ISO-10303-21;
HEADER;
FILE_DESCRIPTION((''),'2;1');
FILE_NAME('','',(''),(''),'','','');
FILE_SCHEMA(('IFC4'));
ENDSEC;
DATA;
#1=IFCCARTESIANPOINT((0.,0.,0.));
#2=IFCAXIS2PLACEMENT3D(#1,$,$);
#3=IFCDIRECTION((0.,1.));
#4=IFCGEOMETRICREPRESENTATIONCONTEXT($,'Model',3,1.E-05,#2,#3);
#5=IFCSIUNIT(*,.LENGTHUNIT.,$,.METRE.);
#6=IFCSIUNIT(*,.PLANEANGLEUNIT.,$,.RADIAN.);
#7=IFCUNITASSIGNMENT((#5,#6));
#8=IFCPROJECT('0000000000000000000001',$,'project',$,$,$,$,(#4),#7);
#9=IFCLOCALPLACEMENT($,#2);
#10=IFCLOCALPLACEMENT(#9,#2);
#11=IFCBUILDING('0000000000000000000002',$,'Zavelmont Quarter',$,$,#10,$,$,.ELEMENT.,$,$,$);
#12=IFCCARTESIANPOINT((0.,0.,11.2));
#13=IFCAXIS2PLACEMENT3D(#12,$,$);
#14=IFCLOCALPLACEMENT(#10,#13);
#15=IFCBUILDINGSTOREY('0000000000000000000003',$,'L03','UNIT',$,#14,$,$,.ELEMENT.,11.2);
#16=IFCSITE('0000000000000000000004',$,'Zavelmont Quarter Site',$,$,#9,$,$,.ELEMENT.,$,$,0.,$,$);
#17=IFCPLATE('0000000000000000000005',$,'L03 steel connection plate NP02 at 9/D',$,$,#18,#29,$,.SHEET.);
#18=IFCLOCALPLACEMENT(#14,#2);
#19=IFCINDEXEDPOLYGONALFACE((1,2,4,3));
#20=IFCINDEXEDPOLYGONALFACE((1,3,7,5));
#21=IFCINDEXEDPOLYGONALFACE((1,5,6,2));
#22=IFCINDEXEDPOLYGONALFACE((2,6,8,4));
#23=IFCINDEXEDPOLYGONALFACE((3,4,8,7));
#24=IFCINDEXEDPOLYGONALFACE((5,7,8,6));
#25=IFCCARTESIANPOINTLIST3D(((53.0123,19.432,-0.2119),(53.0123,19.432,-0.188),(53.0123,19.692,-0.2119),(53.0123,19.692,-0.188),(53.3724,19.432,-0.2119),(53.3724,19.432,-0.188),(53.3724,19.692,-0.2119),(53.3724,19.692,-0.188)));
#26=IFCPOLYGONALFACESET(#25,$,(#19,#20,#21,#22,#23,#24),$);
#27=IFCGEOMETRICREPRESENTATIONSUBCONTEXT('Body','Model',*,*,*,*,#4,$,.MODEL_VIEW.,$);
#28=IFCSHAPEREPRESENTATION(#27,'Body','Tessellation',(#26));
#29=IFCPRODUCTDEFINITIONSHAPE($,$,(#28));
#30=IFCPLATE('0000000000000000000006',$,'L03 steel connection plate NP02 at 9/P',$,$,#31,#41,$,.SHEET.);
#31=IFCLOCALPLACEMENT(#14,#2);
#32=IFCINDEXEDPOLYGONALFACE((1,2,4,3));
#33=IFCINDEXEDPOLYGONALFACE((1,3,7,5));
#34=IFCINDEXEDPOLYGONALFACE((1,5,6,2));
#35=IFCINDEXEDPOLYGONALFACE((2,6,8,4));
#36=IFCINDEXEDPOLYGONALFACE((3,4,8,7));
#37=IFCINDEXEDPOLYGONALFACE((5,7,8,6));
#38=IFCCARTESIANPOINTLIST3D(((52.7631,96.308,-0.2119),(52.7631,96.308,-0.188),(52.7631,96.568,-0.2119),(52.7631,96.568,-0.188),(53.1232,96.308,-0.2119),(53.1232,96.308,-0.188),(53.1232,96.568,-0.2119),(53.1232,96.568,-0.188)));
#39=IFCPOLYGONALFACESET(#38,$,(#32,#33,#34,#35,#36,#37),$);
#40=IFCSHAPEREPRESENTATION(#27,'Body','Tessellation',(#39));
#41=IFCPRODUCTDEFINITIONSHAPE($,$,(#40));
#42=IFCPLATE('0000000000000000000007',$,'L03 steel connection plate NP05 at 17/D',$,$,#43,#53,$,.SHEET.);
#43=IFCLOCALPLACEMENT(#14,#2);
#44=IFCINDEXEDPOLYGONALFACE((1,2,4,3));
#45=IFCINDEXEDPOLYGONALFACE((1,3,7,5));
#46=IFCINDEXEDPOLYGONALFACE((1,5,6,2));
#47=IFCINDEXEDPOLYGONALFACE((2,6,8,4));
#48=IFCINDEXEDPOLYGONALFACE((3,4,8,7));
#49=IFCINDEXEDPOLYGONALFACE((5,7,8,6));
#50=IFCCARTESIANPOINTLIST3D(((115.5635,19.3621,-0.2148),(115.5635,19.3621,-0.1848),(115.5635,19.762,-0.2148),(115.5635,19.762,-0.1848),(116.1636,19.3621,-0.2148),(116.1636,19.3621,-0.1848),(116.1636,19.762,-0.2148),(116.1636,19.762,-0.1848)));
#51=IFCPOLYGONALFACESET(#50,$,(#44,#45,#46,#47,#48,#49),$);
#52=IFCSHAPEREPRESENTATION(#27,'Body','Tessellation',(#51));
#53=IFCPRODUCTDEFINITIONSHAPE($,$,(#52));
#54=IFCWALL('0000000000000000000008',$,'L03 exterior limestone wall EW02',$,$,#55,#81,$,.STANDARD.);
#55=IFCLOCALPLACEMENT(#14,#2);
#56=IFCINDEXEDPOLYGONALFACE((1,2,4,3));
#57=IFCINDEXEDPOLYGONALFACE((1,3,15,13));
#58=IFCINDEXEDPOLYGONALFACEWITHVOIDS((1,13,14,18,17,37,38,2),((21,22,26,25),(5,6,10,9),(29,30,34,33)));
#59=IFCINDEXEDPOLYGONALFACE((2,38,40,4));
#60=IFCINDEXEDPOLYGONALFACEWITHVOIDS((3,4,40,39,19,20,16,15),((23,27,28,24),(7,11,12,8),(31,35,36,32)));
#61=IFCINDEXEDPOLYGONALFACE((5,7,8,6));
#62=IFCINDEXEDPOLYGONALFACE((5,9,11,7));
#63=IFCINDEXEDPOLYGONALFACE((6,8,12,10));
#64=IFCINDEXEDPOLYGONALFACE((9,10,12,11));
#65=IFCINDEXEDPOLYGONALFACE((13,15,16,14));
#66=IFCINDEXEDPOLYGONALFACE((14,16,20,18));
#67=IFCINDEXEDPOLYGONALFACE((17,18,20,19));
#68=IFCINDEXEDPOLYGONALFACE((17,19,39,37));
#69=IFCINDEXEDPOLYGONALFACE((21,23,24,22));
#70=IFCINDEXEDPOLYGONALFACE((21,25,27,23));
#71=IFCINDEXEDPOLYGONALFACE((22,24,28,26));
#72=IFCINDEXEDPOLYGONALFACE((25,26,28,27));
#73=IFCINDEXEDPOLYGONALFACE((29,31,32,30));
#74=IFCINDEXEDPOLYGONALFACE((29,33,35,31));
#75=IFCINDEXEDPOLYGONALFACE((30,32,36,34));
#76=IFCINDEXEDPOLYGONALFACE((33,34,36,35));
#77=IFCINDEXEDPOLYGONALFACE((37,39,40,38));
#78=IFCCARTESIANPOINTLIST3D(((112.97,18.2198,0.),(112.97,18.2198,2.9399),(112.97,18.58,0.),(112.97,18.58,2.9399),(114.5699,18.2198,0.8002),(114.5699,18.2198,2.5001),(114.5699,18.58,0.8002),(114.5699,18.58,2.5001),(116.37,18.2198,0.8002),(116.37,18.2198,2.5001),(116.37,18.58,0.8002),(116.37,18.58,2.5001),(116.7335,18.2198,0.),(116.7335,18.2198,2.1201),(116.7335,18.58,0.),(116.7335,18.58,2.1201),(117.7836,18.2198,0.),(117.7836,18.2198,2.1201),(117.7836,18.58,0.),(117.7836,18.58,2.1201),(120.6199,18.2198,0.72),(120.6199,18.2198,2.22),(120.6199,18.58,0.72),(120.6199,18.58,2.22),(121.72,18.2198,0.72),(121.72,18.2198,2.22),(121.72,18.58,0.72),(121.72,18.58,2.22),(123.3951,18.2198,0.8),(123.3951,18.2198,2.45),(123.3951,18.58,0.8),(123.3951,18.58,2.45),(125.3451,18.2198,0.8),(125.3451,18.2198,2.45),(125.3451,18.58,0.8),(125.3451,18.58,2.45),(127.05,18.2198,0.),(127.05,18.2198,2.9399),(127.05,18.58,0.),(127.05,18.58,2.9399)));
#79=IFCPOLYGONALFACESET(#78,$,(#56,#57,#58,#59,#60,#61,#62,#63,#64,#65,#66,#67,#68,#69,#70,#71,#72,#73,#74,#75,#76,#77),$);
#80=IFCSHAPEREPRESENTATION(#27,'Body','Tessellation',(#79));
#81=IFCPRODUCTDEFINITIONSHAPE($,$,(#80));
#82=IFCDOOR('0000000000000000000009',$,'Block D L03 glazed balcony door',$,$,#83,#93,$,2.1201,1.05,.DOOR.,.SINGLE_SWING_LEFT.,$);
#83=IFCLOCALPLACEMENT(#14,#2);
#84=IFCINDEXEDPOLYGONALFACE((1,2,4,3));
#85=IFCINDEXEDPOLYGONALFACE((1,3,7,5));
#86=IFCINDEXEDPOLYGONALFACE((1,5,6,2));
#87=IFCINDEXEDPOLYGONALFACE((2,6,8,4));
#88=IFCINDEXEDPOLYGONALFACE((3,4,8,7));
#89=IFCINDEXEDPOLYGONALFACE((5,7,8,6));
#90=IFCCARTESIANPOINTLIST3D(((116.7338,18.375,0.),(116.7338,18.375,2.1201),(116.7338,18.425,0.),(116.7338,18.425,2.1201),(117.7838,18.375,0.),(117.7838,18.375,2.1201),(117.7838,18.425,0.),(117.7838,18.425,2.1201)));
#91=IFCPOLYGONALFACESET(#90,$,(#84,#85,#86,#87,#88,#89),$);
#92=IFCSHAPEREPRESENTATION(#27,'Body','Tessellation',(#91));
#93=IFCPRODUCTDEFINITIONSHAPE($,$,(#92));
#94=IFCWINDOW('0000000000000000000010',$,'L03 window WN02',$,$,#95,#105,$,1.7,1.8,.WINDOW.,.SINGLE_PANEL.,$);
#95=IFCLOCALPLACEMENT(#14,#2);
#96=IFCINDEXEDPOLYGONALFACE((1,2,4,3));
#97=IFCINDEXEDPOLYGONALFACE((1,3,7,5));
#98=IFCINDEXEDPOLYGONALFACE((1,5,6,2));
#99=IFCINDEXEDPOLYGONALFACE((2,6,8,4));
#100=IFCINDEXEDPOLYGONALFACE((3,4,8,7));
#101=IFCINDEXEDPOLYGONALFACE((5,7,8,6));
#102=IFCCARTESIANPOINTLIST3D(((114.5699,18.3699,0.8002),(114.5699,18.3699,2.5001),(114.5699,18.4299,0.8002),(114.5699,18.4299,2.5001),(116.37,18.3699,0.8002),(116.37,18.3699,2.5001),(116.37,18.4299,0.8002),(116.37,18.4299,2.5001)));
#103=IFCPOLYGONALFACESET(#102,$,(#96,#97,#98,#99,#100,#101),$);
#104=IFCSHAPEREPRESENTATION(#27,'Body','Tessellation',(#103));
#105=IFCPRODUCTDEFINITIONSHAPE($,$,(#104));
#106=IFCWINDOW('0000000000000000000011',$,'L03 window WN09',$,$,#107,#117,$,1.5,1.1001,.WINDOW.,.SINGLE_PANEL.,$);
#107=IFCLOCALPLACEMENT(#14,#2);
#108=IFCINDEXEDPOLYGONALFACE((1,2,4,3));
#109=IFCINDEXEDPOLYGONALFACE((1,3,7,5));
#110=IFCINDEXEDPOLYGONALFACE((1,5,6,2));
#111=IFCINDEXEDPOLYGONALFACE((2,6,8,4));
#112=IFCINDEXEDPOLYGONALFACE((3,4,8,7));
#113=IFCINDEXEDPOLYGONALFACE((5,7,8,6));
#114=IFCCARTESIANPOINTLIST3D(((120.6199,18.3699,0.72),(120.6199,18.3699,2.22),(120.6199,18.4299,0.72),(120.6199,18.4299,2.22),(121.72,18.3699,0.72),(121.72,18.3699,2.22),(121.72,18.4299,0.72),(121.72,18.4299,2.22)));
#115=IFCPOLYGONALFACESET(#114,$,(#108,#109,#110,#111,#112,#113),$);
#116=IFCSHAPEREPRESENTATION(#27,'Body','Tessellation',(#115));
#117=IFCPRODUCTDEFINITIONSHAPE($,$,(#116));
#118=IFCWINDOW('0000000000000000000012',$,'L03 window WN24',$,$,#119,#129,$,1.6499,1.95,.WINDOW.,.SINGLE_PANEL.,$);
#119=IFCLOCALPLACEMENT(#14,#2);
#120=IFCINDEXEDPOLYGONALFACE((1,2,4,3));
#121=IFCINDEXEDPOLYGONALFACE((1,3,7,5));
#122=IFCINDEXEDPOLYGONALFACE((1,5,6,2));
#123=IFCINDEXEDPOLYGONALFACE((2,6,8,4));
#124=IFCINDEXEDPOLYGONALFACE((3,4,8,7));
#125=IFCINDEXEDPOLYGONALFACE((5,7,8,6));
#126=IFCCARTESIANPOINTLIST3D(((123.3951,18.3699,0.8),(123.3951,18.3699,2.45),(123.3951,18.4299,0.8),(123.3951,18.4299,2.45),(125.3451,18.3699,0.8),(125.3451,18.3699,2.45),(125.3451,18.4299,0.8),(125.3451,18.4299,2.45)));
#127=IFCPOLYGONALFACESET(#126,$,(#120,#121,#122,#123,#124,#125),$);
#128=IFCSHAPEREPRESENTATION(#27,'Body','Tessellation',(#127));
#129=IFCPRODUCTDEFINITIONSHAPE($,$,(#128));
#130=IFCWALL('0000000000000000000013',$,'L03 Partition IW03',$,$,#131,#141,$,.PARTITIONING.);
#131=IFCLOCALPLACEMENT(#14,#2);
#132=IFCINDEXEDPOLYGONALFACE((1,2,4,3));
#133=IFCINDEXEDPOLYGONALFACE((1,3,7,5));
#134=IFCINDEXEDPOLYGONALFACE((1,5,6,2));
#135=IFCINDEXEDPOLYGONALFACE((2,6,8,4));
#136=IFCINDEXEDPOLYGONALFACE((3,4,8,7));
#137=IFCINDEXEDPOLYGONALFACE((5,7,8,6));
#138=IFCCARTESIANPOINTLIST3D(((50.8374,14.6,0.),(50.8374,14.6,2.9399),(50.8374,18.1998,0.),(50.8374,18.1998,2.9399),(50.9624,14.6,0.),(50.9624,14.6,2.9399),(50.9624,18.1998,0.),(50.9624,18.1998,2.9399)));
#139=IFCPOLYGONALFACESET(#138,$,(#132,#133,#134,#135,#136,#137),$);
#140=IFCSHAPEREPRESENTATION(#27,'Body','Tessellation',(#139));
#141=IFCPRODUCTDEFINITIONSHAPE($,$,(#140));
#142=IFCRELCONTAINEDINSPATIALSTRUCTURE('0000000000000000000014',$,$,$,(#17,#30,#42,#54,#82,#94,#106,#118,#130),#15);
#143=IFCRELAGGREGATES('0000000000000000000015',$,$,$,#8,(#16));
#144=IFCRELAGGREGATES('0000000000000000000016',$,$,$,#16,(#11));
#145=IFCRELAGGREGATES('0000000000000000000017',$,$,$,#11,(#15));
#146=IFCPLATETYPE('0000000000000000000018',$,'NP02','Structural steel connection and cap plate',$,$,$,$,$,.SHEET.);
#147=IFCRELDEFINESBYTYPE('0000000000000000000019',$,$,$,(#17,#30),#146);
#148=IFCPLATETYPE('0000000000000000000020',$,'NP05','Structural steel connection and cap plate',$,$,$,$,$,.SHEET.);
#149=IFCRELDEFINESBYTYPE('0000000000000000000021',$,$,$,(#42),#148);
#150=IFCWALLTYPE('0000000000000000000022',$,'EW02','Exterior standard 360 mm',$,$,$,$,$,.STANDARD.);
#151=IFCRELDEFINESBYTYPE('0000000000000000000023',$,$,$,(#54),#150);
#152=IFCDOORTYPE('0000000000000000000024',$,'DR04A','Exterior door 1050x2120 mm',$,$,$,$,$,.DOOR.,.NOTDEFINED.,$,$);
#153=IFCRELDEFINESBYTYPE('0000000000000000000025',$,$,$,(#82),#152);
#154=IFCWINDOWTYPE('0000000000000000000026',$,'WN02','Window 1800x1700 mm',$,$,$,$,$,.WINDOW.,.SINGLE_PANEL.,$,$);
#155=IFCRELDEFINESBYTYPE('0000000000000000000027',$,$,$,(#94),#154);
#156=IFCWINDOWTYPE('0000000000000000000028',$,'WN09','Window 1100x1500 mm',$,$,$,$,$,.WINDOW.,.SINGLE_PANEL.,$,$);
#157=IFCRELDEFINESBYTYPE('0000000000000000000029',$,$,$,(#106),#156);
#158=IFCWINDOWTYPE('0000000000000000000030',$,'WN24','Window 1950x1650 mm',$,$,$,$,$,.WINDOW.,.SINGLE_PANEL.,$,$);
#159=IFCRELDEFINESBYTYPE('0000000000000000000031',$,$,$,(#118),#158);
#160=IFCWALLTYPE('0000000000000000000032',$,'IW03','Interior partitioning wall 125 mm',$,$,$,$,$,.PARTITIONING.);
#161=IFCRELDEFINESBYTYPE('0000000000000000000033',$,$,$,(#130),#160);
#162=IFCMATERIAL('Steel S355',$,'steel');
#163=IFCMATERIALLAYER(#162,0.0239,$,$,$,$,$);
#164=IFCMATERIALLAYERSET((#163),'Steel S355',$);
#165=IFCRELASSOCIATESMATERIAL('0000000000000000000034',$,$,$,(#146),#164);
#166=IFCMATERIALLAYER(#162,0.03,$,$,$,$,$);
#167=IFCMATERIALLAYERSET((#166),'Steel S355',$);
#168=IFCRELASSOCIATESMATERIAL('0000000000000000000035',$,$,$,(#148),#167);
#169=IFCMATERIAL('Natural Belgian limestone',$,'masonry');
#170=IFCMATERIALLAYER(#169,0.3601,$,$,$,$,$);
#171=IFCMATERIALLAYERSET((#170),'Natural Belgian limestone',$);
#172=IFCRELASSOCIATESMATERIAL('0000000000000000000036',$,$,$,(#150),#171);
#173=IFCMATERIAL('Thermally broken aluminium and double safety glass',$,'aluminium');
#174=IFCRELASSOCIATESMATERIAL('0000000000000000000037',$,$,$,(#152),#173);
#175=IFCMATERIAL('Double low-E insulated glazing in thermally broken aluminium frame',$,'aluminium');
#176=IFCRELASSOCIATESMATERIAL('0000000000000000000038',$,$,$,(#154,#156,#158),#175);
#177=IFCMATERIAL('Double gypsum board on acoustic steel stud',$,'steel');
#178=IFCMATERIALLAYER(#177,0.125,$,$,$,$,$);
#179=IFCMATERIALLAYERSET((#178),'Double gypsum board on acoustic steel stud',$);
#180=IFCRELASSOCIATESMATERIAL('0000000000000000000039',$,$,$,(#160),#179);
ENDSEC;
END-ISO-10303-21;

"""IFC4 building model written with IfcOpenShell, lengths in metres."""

from ifc_helpers import new_model, si_unit, direction, frame, frame_2d, origin, origin_with_axes, origin_2d, place, context, subcontext, project, spatial, rectangle, extrude, material, layer, layer_set, type_object, element, fill, save


model = new_model("IFC4")

# Units and contexts
model_context = context("Model", 3, precision=1e-05, world=origin(), true_north=direction((0.0, 1.0)))
body_context = subcontext(model_context, "Body", "Model", "MODEL_VIEW")
ifc_project = project(units=[si_unit("LENGTHUNIT", "METRE"), si_unit("PLANEANGLEUNIT", "RADIAN")], contexts=[model_context])

# Site, building, storey
site_placement = place(None, origin())
site = spatial("IfcSite", under=ifc_project, at=site_placement, Name="Zavelmont Quarter Site", CompositionType="ELEMENT", RefElevation=0.0)
building_placement = place(site_placement, origin())
building = spatial("IfcBuilding", under=site, at=building_placement, Name="Zavelmont Quarter", CompositionType="ELEMENT")
storey_placement = place(building_placement, frame((0.0, 0.0, 11.2)))
storey = spatial("IfcBuildingStorey", under=building, at=storey_placement, Name="L03", Description="UNIT", CompositionType="ELEMENT", Elevation=11.2)

# Shared definitions
ifc_material_1 = material(Name="Steel S355", Category="steel")

# Plates
ifc_layer_1 = layer(ifc_material_1, 0.0239)
ifc_layer_set_1 = layer_set([ifc_layer_1], Name="Steel S355")
plate_type_1 = type_object("IfcPlateType", Name="NP02", Description="Structural steel connection and cap plate", PredefinedType="SHEET", material=ifc_layer_set_1)
for number, where, z_axis, x_axis, name in (
    (1, (53.1924, 19.562, -0.2119), (0.0, 0.0, 1.0), (1.0, 0.0, 0.0), "L03 steel connection plate NP02 at 9/D"),
    (2, (52.9431, 96.438, -0.2119), (0.0, 0.0, 1.0), (1.0, 0.0, 0.0), "L03 steel connection plate NP02 at 9/P"),
):
    element("IfcPlate", number, at=place(storey_placement, frame(where, z_axis=z_axis, x_axis=x_axis)), inside=storey, type_object=plate_type_1, Name=name, PredefinedType="SHEET", context=body_context, shape_type="SweptSolid", body=[
        extrude(rectangle(XDim=0.3601, YDim=0.26, at=origin_2d()), origin(), (0.0, 0.0, 1.0), 0.0239),
    ])
ifc_layer_2 = layer(ifc_material_1, 0.03)
ifc_layer_set_2 = layer_set([ifc_layer_2], Name="Steel S355")
plate_type_2 = type_object("IfcPlateType", Name="NP05", Description="Structural steel connection and cap plate", PredefinedType="SHEET", material=ifc_layer_set_2)
plate_placement = place(storey_placement, frame((115.8635, 19.562, -0.2148), z_axis=(0.0, 0.0, 1.0), x_axis=(1.0, 0.0, 0.0)))
element("IfcPlate", 3, at=plate_placement, inside=storey, type_object=plate_type_2, Name="L03 steel connection plate NP05 at 17/D", PredefinedType="SHEET", context=body_context, shape_type="SweptSolid", body=[
    extrude(rectangle(XDim=0.6001, YDim=0.3999, at=origin_2d()), origin(), (0.0, 0.0, 1.0), 0.03),
])

# Wall, openings, door, windows
ifc_material_2 = material(Name="Natural Belgian limestone", Category="masonry")
ifc_layer_3 = layer(ifc_material_2, 0.3601)
ifc_layer_set_3 = layer_set([ifc_layer_3], Name="Natural Belgian limestone")
wall_type_1 = type_object("IfcWallType", Name="EW02", Description="Exterior standard 360 mm", PredefinedType="STANDARD", material=ifc_layer_set_3)
wall_1_placement = place(storey_placement, frame((112.97, 18.3999, 0.0), z_axis=(0.0, 0.0, 1.0), x_axis=(1.0, 0.0, 0.0)))
wall_1 = element("IfcWall", 4, at=wall_1_placement, inside=storey, type_object=wall_type_1, Name="L03 exterior limestone wall EW02", PredefinedType="STANDARD", context=body_context, shape_type="SweptSolid", body=[
    extrude(rectangle(XDim=14.0801, YDim=0.3601, at=frame_2d((7.04, 0.0))), origin(), (0.0, 0.0, 1.0), 2.9399),
])
opening_1_placement = place(wall_1_placement, frame((3.7637, 0.0, 0.0)))
opening_1 = element("IfcOpeningElement", 5, at=opening_1_placement, cuts=wall_1, PredefinedType="OPENING", context=body_context, shape_type="SweptSolid", body=[
    extrude(rectangle(XDim=1.05, YDim=2.1201, at=frame_2d((0.5249, 1.0601))), frame((0.0, 0.1919, 0.0), z_axis=(0.0, -1.0, 0.0), x_axis=(1.0, 0.0, 0.0)), (0.0, 0.0, 1.0), 0.384),
])
opening_2_placement = place(wall_1_placement, frame((1.6001, 0.0, 0.8)))
opening_2 = element("IfcOpeningElement", 6, at=opening_2_placement, cuts=wall_1, PredefinedType="OPENING", context=body_context, shape_type="SweptSolid", body=[
    extrude(rectangle(XDim=1.8, YDim=1.7, at=frame_2d((0.8999, 0.8501))), frame((0.0, 0.1919, 0.0), z_axis=(0.0, -1.0, 0.0), x_axis=(1.0, 0.0, 0.0)), (0.0, 0.0, 1.0), 0.384),
])
opening_3_placement = place(wall_1_placement, frame((7.6499, 0.0, 0.72)))
opening_3 = element("IfcOpeningElement", 7, at=opening_3_placement, cuts=wall_1, PredefinedType="OPENING", context=body_context, shape_type="SweptSolid", body=[
    extrude(rectangle(XDim=1.1001, YDim=1.5, at=frame_2d((0.55, 0.75))), frame((0.0, 0.1919, 0.0), z_axis=(0.0, -1.0, 0.0), x_axis=(1.0, 0.0, 0.0)), (0.0, 0.0, 1.0), 0.384),
])
opening_4_placement = place(wall_1_placement, frame((10.425, 0.0, 0.8)))
opening_4 = element("IfcOpeningElement", 8, at=opening_4_placement, cuts=wall_1, PredefinedType="OPENING", context=body_context, shape_type="SweptSolid", body=[
    extrude(rectangle(XDim=1.95, YDim=1.6499, at=frame_2d((0.9751, 0.825))), frame((0.0, 0.1919, 0.0), z_axis=(0.0, -1.0, 0.0), x_axis=(1.0, 0.0, 0.0)), (0.0, 0.0, 1.0), 0.384),
])
ifc_material_3 = material(Name="Thermally broken aluminium and double safety glass", Category="aluminium")
door_type_1 = type_object("IfcDoorType", Name="DR04A", Description="Exterior door 1050x2120 mm", OperationType="NOTDEFINED", PredefinedType="DOOR", material=ifc_material_3)
door_1_placement = place(opening_1_placement, frame((1.05, 0.0, 0.0), z_axis=(0.0, 0.0, 1.0), x_axis=(-1.0, 0.0, 0.0)))
door_1 = element("IfcDoor", 9, at=door_1_placement, inside=storey, type_object=door_type_1, Name="Block D L03 glazed balcony door", OperationType="SINGLE_SWING_LEFT", OverallHeight=2.1201, OverallWidth=1.05, PredefinedType="DOOR", context=body_context, shape_type="SweptSolid", body=[
    extrude(rectangle(XDim=1.05, YDim=2.1201, at=frame_2d((0.5249, 1.0601))), frame((0.0, 0.0249, 0.0), z_axis=(0.0, -1.0, 0.0), x_axis=(1.0, 0.0, 0.0)), (0.0, 0.0, 1.0), 0.05),
])
fill(opening_1, door_1)
ifc_material_4 = material(Name="Double low-E insulated glazing in thermally broken aluminium frame", Category="aluminium")
window_type_1 = type_object("IfcWindowType", Name="WN02", Description="Window 1800x1700 mm", PartitioningType="SINGLE_PANEL", PredefinedType="WINDOW", material=ifc_material_4)
window_1_placement = place(opening_2_placement, origin_with_axes())
window_1 = element("IfcWindow", 10, at=window_1_placement, inside=storey, type_object=window_type_1, Name="L03 window WN02", OverallHeight=1.7, OverallWidth=1.8, PartitioningType="SINGLE_PANEL", PredefinedType="WINDOW", context=body_context, shape_type="SweptSolid", body=[
    extrude(rectangle(XDim=1.8, YDim=1.7, at=frame_2d((0.8999, 0.8501))), frame((0.0, 0.03, 0.0), z_axis=(0.0, -1.0, 0.0), x_axis=(1.0, 0.0, 0.0)), (0.0, 0.0, 1.0), 0.0601),
])
fill(opening_2, window_1)
window_type_2 = type_object("IfcWindowType", Name="WN09", Description="Window 1100x1500 mm", PartitioningType="SINGLE_PANEL", PredefinedType="WINDOW", material=ifc_material_4)
window_2_placement = place(opening_3_placement, origin_with_axes())
window_2 = element("IfcWindow", 11, at=window_2_placement, inside=storey, type_object=window_type_2, Name="L03 window WN09", OverallHeight=1.5, OverallWidth=1.1001, PartitioningType="SINGLE_PANEL", PredefinedType="WINDOW", context=body_context, shape_type="SweptSolid", body=[
    extrude(rectangle(XDim=1.1001, YDim=1.5, at=frame_2d((0.55, 0.75))), frame((0.0, 0.03, 0.0), z_axis=(0.0, -1.0, 0.0), x_axis=(1.0, 0.0, 0.0)), (0.0, 0.0, 1.0), 0.0601),
])
fill(opening_3, window_2)
window_type_3 = type_object("IfcWindowType", Name="WN24", Description="Window 1950x1650 mm", PartitioningType="SINGLE_PANEL", PredefinedType="WINDOW", material=ifc_material_4)
window_3_placement = place(opening_4_placement, origin_with_axes())
window_3 = element("IfcWindow", 12, at=window_3_placement, inside=storey, type_object=window_type_3, Name="L03 window WN24", OverallHeight=1.6499, OverallWidth=1.95, PartitioningType="SINGLE_PANEL", PredefinedType="WINDOW", context=body_context, shape_type="SweptSolid", body=[
    extrude(rectangle(XDim=1.95, YDim=1.6499, at=frame_2d((0.9751, 0.825))), frame((0.0, 0.03, 0.0), z_axis=(0.0, -1.0, 0.0), x_axis=(1.0, 0.0, 0.0)), (0.0, 0.0, 1.0), 0.0601),
])
fill(opening_4, window_3)

# Wall
ifc_material_5 = material(Name="Double gypsum board on acoustic steel stud", Category="steel")
ifc_layer_4 = layer(ifc_material_5, 0.125)
ifc_layer_set_4 = layer_set([ifc_layer_4], Name="Double gypsum board on acoustic steel stud")
wall_type_2 = type_object("IfcWallType", Name="IW03", Description="Interior partitioning wall 125 mm", PredefinedType="PARTITIONING", material=ifc_layer_set_4)
wall_2_placement = place(storey_placement, frame((50.8999, 14.6001, 0.0), z_axis=(0.0, 0.0, 1.0), x_axis=(0.0, 1.0, 0.0)))
element("IfcWall", 13, at=wall_2_placement, inside=storey, type_object=wall_type_2, Name="L03 Partition IW03", PredefinedType="PARTITIONING", context=body_context, shape_type="SweptSolid", body=[
    extrude(rectangle(XDim=3.5999, YDim=0.125, at=frame_2d((1.7998, 0.0))), origin(), (0.0, 0.0, 1.0), 2.9399),
])

save(model, "model.ifc")
